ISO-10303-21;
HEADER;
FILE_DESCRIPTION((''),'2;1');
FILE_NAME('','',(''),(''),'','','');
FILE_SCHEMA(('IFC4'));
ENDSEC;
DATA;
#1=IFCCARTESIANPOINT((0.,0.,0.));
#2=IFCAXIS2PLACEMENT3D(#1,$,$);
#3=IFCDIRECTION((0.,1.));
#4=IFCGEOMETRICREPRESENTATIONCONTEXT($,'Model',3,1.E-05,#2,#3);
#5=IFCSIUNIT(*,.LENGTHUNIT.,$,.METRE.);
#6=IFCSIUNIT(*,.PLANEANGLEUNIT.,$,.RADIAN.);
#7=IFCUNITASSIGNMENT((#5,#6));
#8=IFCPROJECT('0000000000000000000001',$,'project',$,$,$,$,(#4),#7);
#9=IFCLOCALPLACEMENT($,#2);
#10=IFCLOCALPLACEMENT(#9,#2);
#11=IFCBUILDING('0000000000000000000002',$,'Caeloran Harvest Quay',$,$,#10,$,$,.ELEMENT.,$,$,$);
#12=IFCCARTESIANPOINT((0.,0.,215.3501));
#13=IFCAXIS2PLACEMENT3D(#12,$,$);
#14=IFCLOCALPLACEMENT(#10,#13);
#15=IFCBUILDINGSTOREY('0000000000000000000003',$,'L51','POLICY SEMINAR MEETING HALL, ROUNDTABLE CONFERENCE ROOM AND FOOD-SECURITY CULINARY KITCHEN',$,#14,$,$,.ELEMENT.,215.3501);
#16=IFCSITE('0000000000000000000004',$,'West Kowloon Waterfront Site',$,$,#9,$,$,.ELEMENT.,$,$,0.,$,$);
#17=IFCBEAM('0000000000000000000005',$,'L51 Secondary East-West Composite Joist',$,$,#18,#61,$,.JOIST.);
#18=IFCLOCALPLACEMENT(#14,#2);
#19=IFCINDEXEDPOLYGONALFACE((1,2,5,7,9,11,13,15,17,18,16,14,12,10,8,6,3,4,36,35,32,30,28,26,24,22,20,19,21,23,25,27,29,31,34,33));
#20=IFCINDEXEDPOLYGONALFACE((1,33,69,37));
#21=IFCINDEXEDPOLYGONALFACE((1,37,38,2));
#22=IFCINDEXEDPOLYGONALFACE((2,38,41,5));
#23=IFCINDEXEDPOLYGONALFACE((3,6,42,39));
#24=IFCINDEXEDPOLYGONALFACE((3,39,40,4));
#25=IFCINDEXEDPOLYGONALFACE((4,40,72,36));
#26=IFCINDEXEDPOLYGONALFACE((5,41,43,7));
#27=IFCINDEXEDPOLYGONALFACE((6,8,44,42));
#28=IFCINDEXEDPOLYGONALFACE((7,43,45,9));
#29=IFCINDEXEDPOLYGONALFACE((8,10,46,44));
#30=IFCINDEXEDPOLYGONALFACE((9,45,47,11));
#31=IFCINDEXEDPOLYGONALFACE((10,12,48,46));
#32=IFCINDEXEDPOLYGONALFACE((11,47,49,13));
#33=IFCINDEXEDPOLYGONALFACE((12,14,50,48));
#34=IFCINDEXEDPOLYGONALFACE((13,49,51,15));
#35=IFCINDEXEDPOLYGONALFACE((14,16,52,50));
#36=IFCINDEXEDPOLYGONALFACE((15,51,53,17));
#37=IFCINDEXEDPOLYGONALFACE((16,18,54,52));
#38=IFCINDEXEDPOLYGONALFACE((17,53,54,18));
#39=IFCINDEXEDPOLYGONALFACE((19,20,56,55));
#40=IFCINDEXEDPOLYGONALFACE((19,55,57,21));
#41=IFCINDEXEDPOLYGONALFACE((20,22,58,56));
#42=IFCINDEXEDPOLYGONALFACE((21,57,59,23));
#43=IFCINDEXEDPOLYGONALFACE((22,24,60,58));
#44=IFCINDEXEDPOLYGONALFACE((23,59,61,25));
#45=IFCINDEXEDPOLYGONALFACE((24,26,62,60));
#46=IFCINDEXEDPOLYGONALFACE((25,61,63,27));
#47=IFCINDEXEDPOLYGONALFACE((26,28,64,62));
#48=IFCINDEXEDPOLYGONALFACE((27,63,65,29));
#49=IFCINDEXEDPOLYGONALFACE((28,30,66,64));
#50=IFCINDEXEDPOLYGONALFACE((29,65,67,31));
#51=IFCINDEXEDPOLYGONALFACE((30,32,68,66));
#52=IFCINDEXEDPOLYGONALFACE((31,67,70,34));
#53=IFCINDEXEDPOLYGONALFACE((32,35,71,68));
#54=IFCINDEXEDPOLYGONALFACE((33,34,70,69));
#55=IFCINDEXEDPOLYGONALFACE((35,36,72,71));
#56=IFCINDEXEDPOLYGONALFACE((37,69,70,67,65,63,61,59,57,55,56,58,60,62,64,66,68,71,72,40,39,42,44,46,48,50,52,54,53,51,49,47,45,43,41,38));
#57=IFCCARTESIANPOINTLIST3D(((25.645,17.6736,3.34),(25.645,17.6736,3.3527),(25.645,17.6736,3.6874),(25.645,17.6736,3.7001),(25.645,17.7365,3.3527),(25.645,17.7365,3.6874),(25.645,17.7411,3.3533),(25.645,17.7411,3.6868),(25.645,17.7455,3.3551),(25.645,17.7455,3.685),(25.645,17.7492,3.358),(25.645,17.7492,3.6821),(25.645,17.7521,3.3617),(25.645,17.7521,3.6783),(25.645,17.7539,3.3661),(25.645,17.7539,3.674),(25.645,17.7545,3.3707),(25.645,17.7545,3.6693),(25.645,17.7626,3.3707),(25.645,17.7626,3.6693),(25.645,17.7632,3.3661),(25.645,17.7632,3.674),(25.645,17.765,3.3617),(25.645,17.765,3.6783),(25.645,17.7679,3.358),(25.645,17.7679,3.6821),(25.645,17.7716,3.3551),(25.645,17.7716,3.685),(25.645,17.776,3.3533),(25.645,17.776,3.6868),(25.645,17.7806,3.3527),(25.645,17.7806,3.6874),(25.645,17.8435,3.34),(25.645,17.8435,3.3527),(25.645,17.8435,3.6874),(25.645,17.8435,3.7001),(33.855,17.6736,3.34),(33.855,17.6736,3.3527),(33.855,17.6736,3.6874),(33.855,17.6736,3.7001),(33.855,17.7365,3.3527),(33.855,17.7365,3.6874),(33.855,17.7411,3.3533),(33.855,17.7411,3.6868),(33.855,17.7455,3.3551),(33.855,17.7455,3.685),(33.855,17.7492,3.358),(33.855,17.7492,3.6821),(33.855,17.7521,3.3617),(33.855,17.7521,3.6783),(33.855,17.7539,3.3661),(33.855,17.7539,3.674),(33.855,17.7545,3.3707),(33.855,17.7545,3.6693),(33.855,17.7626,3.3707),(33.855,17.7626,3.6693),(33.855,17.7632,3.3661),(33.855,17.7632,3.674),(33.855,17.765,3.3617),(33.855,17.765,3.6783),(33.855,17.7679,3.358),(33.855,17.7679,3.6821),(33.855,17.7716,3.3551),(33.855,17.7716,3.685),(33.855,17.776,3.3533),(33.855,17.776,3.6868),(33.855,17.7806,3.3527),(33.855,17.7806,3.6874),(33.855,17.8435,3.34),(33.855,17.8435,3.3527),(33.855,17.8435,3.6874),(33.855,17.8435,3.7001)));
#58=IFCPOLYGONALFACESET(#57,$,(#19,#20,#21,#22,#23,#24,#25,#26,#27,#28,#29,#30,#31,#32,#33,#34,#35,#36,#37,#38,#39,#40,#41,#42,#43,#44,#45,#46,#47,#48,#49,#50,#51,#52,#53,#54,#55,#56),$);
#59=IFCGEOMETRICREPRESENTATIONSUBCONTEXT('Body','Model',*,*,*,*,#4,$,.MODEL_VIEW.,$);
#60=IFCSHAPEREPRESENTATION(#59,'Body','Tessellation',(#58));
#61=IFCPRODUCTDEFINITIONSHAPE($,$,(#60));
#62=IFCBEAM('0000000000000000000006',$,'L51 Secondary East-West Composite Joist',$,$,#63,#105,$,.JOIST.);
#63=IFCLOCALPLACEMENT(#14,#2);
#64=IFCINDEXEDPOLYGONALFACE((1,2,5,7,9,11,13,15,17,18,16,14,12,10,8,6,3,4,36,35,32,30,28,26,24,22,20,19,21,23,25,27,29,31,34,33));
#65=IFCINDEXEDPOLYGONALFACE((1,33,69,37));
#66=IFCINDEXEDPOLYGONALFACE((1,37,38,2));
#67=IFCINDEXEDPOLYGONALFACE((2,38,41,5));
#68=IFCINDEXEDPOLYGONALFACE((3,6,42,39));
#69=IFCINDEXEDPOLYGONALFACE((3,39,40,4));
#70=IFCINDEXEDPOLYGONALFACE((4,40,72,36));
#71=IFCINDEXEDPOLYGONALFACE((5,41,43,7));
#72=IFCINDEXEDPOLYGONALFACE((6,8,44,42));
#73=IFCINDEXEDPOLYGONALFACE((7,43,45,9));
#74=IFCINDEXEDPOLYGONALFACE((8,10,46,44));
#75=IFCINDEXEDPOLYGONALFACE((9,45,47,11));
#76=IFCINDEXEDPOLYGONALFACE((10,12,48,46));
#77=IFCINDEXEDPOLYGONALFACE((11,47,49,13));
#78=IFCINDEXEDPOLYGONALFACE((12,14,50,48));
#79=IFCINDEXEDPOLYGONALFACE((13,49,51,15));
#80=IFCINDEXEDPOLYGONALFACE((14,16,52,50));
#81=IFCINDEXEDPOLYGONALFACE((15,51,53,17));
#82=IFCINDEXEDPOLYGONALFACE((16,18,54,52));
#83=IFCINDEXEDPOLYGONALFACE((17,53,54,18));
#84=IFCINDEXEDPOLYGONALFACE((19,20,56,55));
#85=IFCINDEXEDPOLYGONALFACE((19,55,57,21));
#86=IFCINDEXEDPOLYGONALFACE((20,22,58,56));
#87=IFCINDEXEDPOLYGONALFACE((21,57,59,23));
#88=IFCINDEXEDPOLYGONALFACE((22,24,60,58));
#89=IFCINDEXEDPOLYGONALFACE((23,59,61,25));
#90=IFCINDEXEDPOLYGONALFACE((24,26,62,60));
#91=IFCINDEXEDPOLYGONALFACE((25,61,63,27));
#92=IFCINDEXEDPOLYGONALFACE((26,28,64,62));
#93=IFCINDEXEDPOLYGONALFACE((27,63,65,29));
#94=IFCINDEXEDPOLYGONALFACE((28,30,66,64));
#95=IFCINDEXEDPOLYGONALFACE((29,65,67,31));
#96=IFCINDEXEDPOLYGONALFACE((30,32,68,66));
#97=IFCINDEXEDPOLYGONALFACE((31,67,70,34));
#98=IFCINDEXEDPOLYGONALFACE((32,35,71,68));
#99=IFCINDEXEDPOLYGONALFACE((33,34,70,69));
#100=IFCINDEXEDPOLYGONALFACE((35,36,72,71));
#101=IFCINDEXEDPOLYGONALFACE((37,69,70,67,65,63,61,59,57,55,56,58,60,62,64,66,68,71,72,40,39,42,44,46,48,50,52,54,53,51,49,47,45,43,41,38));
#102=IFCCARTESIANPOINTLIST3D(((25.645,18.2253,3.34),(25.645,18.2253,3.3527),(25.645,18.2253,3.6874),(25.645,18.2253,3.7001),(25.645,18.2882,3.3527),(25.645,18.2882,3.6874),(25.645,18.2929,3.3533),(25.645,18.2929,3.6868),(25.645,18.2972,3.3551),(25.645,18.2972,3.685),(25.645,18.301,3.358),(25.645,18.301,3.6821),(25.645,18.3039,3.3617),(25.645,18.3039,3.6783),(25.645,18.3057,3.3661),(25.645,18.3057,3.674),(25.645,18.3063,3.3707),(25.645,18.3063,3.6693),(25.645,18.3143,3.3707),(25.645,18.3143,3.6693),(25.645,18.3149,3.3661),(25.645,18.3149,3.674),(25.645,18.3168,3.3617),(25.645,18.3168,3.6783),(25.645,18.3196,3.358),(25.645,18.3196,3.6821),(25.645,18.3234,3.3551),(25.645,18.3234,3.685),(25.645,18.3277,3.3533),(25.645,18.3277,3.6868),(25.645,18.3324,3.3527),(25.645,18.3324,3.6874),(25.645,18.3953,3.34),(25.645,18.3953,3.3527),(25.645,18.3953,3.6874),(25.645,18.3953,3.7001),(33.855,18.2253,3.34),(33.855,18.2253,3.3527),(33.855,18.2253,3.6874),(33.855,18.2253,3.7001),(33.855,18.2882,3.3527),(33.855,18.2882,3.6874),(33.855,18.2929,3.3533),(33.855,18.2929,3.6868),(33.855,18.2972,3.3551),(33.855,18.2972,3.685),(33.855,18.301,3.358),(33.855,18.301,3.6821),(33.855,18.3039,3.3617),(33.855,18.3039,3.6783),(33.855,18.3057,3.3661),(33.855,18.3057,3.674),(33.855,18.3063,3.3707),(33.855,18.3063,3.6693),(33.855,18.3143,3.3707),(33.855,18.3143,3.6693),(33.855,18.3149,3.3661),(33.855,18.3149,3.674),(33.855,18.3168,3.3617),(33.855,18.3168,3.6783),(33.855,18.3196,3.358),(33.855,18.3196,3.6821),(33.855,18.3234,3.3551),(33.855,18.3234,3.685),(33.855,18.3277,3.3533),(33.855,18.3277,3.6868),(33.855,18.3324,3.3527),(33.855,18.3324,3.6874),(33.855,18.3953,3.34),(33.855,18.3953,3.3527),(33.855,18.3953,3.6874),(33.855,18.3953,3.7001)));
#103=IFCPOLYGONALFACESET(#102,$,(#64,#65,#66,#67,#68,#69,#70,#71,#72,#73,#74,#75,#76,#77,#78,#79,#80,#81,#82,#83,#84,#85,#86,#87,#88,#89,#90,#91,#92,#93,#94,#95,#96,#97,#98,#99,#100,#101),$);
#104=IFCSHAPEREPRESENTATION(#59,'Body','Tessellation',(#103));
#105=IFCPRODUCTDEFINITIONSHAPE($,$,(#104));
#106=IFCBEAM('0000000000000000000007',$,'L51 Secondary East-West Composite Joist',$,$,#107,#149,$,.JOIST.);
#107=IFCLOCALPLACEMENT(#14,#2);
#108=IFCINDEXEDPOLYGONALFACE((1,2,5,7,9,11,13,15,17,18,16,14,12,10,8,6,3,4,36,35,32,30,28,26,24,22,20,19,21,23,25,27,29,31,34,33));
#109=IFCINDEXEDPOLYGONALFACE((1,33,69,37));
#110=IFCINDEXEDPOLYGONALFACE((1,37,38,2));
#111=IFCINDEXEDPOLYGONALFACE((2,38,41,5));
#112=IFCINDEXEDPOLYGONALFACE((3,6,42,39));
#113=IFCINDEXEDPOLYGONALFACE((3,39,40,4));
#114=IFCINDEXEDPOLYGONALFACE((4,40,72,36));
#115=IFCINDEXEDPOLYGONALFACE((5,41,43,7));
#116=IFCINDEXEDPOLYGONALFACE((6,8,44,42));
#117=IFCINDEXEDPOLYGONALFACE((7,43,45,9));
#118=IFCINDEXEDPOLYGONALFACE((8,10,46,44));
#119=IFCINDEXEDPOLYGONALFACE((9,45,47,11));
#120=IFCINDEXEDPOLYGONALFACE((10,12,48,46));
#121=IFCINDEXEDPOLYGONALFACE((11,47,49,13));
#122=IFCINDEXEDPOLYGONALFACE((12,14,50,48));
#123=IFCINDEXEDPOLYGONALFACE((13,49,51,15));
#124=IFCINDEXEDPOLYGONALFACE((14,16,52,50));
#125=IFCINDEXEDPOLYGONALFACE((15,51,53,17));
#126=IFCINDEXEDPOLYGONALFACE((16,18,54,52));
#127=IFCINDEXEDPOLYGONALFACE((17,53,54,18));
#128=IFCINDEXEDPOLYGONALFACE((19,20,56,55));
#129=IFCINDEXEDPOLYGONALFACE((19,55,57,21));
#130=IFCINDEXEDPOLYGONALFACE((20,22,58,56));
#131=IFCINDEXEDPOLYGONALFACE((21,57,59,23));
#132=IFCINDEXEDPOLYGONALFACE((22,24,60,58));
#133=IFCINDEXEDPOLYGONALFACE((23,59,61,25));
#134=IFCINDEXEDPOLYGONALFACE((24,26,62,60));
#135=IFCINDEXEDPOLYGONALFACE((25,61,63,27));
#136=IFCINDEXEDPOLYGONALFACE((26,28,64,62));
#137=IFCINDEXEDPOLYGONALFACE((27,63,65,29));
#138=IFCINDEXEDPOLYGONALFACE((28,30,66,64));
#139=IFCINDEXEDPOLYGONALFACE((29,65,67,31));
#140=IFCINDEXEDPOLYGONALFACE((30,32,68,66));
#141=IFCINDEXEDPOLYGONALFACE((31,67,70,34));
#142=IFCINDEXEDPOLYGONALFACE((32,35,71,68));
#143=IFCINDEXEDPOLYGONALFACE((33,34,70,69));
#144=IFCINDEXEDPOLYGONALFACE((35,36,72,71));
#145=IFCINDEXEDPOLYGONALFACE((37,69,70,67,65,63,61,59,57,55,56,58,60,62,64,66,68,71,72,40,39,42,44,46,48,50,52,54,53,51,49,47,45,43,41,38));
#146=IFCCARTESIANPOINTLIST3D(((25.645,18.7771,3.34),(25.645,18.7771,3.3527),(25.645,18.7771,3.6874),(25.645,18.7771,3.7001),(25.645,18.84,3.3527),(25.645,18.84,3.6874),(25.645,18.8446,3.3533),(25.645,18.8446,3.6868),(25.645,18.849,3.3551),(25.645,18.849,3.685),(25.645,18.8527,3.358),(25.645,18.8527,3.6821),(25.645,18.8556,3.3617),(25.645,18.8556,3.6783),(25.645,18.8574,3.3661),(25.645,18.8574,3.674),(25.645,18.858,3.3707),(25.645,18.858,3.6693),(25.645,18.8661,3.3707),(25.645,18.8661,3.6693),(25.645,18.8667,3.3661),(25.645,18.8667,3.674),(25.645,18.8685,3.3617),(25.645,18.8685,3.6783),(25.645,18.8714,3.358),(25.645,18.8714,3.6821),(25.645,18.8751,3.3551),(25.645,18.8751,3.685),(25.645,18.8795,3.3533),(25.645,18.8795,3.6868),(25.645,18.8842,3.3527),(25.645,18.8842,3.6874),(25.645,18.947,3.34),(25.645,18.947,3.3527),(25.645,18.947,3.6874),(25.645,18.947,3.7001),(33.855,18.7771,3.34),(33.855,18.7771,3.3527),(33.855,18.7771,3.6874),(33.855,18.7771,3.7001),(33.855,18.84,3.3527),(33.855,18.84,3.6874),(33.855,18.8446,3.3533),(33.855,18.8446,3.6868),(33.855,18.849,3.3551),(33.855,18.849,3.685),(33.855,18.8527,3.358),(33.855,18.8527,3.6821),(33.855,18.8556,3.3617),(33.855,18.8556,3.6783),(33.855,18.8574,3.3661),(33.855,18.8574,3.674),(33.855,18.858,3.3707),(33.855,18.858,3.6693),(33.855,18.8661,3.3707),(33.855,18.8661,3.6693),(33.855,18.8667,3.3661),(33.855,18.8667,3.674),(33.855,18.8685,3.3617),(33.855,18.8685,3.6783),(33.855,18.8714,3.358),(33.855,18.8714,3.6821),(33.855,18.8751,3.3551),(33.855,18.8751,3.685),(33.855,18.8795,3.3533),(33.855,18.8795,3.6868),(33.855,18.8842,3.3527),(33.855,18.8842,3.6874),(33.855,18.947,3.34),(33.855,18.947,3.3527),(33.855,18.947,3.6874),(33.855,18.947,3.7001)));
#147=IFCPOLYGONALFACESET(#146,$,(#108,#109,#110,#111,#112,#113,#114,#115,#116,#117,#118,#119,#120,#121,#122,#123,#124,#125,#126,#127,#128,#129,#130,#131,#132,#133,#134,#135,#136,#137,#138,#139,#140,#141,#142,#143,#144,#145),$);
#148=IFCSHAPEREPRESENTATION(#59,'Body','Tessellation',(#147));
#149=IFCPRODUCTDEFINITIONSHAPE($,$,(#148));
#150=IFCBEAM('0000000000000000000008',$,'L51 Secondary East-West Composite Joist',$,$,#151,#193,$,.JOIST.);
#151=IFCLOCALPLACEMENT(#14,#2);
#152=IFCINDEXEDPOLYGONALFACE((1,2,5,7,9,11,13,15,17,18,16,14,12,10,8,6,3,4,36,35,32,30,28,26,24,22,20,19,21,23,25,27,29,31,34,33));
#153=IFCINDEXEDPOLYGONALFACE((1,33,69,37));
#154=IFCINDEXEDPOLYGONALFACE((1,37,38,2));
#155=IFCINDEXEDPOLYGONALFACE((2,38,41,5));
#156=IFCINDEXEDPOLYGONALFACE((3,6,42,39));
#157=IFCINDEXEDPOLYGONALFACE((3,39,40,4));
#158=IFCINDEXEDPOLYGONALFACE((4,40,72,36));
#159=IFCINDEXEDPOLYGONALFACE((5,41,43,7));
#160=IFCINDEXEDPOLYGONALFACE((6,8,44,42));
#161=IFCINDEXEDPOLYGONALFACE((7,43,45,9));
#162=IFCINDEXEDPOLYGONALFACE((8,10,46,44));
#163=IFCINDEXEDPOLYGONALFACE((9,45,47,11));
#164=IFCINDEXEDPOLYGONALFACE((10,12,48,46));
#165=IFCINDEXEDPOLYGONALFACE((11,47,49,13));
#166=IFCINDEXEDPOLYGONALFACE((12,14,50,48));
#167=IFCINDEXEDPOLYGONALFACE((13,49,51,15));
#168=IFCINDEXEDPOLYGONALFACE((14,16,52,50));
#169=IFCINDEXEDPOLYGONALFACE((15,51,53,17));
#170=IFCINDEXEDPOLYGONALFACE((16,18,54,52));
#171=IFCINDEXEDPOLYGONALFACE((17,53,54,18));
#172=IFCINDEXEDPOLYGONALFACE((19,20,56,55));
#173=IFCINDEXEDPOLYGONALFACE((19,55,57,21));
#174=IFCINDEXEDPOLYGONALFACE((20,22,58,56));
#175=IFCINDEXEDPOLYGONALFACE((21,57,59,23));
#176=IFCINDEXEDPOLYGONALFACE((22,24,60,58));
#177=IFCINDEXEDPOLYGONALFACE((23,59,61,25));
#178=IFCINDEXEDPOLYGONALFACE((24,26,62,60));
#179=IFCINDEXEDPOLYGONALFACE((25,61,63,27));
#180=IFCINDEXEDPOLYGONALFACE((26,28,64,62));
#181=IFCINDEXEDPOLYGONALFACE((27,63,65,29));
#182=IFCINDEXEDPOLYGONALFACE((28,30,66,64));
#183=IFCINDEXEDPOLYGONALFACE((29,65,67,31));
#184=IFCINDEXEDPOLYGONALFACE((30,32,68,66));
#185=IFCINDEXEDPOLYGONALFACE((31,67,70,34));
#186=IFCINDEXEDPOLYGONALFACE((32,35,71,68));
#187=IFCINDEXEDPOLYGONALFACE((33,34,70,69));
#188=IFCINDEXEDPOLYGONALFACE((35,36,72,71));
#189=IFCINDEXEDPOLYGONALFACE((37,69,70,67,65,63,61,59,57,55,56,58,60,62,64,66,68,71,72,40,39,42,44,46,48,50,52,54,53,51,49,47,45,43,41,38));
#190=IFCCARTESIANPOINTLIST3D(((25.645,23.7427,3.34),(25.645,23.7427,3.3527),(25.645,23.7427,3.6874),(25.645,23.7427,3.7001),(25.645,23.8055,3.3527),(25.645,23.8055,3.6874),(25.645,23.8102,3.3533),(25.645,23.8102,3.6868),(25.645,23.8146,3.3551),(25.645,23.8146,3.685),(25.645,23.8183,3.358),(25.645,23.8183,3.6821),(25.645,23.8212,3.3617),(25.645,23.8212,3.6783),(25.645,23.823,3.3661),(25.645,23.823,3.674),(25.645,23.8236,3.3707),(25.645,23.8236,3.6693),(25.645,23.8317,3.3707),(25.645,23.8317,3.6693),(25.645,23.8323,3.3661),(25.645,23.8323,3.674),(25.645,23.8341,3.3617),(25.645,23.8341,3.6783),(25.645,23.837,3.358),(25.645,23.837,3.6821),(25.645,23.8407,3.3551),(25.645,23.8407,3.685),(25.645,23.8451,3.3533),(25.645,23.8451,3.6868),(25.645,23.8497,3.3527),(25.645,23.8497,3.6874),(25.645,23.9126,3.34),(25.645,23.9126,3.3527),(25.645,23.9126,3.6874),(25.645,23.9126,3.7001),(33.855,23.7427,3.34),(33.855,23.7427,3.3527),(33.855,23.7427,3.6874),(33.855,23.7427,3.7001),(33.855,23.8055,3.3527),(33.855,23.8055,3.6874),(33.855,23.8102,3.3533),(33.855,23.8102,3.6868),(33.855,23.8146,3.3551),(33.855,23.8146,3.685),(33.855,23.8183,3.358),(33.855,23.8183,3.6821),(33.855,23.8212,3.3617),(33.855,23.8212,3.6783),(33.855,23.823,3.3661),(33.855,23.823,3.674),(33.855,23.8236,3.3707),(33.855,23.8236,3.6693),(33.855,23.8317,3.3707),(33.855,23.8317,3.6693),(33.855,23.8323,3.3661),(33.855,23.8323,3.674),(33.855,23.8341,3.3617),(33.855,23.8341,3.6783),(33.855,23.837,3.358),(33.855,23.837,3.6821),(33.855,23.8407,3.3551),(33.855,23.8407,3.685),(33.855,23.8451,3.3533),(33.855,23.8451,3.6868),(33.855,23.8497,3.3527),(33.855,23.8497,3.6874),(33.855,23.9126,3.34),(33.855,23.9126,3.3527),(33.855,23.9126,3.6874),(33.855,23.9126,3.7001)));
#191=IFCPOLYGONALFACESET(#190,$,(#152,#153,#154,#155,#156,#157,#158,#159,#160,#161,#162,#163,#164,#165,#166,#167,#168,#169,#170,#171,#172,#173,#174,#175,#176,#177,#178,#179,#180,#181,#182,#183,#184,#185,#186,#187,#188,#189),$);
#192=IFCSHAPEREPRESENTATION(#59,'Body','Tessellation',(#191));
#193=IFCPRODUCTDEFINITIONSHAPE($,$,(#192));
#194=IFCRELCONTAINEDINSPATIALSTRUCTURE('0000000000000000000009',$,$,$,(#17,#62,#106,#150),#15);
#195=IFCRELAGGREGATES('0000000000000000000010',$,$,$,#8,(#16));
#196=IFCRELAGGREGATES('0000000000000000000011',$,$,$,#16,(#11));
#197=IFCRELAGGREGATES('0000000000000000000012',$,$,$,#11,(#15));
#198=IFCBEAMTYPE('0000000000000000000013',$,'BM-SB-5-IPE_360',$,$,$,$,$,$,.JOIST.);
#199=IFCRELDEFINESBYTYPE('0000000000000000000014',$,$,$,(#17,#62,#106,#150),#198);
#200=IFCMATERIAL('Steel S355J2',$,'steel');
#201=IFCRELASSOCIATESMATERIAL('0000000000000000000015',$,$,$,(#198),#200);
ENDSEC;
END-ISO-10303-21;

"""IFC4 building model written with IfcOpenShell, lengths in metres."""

from ifc_helpers import new_model, si_unit, direction, frame, origin, origin_2d, place, context, subcontext, project, spatial, i_section, extrude, material, material_profile, profile_set, type_object, element, save


model = new_model("IFC4")

# Units and contexts
model_context = context("Model", 3, precision=1e-05, world=origin(), true_north=direction((0.0, 1.0)))
body_context = subcontext(model_context, "Body", "Model", "MODEL_VIEW")
ifc_project = project(units=[si_unit("LENGTHUNIT", "METRE"), si_unit("PLANEANGLEUNIT", "RADIAN")], contexts=[model_context])

# Site, building, storey
site_placement = place(None, origin())
site = spatial("IfcSite", under=ifc_project, at=site_placement, Name="West Kowloon Waterfront Site", CompositionType="ELEMENT", RefElevation=0.0)
building_placement = place(site_placement, origin())
building = spatial("IfcBuilding", under=site, at=building_placement, Name="Caeloran Harvest Quay", CompositionType="ELEMENT")
storey_placement = place(building_placement, frame((0.0, 0.0, 215.3501)))
storey = spatial("IfcBuildingStorey", under=building, at=storey_placement, Name="L51", Description="POLICY SEMINAR MEETING HALL, ROUNDTABLE CONFERENCE ROOM AND FOOD-SECURITY CULINARY KITCHEN", CompositionType="ELEMENT", Elevation=215.3501)

# Beams
ifc_material_1 = material(Name="Steel S355J2", Category="steel")
ifc_material_profile_1 = material_profile(ifc_material_1, i_section(OverallWidth=0.1699, OverallDepth=0.3601, WebThickness=0.0081, FlangeThickness=0.0127, FilletRadius=0.0181, at=origin_2d()), Name="IPE 360")
ifc_profile_set_1 = profile_set([ifc_material_profile_1], Name="Steel S355J2")
beam_type_1 = type_object("IfcBeamType", Name="BM-SB-5-IPE_360", PredefinedType="JOIST", material=ifc_profile_set_1)
for number, where, z_axis, x_axis, name in (
    (1, (25.645, 17.7585, 3.52), (1.0, 0.0, 0.0), (0.0, 1.0, 0.0), "L51 Secondary East-West Composite Joist"),
    (2, (25.645, 18.3103, 3.52), (1.0, 0.0, 0.0), (0.0, 1.0, 0.0), "L51 Secondary East-West Composite Joist"),
    (3, (25.645, 18.8621, 3.52), (1.0, 0.0, 0.0), (0.0, 1.0, 0.0), "L51 Secondary East-West Composite Joist"),
    (4, (25.645, 23.8276, 3.52), (1.0, 0.0, 0.0), (0.0, 1.0, 0.0), "L51 Secondary East-West Composite Joist"),
):
    element("IfcBeam", number, at=place(storey_placement, frame(where, z_axis=z_axis, x_axis=x_axis)), inside=storey, type_object=beam_type_1, Name=name, PredefinedType="JOIST", context=body_context, shape_type="SweptSolid", body=[
        extrude(i_section(OverallWidth=0.1699, OverallDepth=0.3601, WebThickness=0.0081, FlangeThickness=0.0127, FilletRadius=0.0181, at=origin_2d()), origin(), (0.0, 0.0, 1.0), 8.21),
    ])

save(model, "model.ifc")
